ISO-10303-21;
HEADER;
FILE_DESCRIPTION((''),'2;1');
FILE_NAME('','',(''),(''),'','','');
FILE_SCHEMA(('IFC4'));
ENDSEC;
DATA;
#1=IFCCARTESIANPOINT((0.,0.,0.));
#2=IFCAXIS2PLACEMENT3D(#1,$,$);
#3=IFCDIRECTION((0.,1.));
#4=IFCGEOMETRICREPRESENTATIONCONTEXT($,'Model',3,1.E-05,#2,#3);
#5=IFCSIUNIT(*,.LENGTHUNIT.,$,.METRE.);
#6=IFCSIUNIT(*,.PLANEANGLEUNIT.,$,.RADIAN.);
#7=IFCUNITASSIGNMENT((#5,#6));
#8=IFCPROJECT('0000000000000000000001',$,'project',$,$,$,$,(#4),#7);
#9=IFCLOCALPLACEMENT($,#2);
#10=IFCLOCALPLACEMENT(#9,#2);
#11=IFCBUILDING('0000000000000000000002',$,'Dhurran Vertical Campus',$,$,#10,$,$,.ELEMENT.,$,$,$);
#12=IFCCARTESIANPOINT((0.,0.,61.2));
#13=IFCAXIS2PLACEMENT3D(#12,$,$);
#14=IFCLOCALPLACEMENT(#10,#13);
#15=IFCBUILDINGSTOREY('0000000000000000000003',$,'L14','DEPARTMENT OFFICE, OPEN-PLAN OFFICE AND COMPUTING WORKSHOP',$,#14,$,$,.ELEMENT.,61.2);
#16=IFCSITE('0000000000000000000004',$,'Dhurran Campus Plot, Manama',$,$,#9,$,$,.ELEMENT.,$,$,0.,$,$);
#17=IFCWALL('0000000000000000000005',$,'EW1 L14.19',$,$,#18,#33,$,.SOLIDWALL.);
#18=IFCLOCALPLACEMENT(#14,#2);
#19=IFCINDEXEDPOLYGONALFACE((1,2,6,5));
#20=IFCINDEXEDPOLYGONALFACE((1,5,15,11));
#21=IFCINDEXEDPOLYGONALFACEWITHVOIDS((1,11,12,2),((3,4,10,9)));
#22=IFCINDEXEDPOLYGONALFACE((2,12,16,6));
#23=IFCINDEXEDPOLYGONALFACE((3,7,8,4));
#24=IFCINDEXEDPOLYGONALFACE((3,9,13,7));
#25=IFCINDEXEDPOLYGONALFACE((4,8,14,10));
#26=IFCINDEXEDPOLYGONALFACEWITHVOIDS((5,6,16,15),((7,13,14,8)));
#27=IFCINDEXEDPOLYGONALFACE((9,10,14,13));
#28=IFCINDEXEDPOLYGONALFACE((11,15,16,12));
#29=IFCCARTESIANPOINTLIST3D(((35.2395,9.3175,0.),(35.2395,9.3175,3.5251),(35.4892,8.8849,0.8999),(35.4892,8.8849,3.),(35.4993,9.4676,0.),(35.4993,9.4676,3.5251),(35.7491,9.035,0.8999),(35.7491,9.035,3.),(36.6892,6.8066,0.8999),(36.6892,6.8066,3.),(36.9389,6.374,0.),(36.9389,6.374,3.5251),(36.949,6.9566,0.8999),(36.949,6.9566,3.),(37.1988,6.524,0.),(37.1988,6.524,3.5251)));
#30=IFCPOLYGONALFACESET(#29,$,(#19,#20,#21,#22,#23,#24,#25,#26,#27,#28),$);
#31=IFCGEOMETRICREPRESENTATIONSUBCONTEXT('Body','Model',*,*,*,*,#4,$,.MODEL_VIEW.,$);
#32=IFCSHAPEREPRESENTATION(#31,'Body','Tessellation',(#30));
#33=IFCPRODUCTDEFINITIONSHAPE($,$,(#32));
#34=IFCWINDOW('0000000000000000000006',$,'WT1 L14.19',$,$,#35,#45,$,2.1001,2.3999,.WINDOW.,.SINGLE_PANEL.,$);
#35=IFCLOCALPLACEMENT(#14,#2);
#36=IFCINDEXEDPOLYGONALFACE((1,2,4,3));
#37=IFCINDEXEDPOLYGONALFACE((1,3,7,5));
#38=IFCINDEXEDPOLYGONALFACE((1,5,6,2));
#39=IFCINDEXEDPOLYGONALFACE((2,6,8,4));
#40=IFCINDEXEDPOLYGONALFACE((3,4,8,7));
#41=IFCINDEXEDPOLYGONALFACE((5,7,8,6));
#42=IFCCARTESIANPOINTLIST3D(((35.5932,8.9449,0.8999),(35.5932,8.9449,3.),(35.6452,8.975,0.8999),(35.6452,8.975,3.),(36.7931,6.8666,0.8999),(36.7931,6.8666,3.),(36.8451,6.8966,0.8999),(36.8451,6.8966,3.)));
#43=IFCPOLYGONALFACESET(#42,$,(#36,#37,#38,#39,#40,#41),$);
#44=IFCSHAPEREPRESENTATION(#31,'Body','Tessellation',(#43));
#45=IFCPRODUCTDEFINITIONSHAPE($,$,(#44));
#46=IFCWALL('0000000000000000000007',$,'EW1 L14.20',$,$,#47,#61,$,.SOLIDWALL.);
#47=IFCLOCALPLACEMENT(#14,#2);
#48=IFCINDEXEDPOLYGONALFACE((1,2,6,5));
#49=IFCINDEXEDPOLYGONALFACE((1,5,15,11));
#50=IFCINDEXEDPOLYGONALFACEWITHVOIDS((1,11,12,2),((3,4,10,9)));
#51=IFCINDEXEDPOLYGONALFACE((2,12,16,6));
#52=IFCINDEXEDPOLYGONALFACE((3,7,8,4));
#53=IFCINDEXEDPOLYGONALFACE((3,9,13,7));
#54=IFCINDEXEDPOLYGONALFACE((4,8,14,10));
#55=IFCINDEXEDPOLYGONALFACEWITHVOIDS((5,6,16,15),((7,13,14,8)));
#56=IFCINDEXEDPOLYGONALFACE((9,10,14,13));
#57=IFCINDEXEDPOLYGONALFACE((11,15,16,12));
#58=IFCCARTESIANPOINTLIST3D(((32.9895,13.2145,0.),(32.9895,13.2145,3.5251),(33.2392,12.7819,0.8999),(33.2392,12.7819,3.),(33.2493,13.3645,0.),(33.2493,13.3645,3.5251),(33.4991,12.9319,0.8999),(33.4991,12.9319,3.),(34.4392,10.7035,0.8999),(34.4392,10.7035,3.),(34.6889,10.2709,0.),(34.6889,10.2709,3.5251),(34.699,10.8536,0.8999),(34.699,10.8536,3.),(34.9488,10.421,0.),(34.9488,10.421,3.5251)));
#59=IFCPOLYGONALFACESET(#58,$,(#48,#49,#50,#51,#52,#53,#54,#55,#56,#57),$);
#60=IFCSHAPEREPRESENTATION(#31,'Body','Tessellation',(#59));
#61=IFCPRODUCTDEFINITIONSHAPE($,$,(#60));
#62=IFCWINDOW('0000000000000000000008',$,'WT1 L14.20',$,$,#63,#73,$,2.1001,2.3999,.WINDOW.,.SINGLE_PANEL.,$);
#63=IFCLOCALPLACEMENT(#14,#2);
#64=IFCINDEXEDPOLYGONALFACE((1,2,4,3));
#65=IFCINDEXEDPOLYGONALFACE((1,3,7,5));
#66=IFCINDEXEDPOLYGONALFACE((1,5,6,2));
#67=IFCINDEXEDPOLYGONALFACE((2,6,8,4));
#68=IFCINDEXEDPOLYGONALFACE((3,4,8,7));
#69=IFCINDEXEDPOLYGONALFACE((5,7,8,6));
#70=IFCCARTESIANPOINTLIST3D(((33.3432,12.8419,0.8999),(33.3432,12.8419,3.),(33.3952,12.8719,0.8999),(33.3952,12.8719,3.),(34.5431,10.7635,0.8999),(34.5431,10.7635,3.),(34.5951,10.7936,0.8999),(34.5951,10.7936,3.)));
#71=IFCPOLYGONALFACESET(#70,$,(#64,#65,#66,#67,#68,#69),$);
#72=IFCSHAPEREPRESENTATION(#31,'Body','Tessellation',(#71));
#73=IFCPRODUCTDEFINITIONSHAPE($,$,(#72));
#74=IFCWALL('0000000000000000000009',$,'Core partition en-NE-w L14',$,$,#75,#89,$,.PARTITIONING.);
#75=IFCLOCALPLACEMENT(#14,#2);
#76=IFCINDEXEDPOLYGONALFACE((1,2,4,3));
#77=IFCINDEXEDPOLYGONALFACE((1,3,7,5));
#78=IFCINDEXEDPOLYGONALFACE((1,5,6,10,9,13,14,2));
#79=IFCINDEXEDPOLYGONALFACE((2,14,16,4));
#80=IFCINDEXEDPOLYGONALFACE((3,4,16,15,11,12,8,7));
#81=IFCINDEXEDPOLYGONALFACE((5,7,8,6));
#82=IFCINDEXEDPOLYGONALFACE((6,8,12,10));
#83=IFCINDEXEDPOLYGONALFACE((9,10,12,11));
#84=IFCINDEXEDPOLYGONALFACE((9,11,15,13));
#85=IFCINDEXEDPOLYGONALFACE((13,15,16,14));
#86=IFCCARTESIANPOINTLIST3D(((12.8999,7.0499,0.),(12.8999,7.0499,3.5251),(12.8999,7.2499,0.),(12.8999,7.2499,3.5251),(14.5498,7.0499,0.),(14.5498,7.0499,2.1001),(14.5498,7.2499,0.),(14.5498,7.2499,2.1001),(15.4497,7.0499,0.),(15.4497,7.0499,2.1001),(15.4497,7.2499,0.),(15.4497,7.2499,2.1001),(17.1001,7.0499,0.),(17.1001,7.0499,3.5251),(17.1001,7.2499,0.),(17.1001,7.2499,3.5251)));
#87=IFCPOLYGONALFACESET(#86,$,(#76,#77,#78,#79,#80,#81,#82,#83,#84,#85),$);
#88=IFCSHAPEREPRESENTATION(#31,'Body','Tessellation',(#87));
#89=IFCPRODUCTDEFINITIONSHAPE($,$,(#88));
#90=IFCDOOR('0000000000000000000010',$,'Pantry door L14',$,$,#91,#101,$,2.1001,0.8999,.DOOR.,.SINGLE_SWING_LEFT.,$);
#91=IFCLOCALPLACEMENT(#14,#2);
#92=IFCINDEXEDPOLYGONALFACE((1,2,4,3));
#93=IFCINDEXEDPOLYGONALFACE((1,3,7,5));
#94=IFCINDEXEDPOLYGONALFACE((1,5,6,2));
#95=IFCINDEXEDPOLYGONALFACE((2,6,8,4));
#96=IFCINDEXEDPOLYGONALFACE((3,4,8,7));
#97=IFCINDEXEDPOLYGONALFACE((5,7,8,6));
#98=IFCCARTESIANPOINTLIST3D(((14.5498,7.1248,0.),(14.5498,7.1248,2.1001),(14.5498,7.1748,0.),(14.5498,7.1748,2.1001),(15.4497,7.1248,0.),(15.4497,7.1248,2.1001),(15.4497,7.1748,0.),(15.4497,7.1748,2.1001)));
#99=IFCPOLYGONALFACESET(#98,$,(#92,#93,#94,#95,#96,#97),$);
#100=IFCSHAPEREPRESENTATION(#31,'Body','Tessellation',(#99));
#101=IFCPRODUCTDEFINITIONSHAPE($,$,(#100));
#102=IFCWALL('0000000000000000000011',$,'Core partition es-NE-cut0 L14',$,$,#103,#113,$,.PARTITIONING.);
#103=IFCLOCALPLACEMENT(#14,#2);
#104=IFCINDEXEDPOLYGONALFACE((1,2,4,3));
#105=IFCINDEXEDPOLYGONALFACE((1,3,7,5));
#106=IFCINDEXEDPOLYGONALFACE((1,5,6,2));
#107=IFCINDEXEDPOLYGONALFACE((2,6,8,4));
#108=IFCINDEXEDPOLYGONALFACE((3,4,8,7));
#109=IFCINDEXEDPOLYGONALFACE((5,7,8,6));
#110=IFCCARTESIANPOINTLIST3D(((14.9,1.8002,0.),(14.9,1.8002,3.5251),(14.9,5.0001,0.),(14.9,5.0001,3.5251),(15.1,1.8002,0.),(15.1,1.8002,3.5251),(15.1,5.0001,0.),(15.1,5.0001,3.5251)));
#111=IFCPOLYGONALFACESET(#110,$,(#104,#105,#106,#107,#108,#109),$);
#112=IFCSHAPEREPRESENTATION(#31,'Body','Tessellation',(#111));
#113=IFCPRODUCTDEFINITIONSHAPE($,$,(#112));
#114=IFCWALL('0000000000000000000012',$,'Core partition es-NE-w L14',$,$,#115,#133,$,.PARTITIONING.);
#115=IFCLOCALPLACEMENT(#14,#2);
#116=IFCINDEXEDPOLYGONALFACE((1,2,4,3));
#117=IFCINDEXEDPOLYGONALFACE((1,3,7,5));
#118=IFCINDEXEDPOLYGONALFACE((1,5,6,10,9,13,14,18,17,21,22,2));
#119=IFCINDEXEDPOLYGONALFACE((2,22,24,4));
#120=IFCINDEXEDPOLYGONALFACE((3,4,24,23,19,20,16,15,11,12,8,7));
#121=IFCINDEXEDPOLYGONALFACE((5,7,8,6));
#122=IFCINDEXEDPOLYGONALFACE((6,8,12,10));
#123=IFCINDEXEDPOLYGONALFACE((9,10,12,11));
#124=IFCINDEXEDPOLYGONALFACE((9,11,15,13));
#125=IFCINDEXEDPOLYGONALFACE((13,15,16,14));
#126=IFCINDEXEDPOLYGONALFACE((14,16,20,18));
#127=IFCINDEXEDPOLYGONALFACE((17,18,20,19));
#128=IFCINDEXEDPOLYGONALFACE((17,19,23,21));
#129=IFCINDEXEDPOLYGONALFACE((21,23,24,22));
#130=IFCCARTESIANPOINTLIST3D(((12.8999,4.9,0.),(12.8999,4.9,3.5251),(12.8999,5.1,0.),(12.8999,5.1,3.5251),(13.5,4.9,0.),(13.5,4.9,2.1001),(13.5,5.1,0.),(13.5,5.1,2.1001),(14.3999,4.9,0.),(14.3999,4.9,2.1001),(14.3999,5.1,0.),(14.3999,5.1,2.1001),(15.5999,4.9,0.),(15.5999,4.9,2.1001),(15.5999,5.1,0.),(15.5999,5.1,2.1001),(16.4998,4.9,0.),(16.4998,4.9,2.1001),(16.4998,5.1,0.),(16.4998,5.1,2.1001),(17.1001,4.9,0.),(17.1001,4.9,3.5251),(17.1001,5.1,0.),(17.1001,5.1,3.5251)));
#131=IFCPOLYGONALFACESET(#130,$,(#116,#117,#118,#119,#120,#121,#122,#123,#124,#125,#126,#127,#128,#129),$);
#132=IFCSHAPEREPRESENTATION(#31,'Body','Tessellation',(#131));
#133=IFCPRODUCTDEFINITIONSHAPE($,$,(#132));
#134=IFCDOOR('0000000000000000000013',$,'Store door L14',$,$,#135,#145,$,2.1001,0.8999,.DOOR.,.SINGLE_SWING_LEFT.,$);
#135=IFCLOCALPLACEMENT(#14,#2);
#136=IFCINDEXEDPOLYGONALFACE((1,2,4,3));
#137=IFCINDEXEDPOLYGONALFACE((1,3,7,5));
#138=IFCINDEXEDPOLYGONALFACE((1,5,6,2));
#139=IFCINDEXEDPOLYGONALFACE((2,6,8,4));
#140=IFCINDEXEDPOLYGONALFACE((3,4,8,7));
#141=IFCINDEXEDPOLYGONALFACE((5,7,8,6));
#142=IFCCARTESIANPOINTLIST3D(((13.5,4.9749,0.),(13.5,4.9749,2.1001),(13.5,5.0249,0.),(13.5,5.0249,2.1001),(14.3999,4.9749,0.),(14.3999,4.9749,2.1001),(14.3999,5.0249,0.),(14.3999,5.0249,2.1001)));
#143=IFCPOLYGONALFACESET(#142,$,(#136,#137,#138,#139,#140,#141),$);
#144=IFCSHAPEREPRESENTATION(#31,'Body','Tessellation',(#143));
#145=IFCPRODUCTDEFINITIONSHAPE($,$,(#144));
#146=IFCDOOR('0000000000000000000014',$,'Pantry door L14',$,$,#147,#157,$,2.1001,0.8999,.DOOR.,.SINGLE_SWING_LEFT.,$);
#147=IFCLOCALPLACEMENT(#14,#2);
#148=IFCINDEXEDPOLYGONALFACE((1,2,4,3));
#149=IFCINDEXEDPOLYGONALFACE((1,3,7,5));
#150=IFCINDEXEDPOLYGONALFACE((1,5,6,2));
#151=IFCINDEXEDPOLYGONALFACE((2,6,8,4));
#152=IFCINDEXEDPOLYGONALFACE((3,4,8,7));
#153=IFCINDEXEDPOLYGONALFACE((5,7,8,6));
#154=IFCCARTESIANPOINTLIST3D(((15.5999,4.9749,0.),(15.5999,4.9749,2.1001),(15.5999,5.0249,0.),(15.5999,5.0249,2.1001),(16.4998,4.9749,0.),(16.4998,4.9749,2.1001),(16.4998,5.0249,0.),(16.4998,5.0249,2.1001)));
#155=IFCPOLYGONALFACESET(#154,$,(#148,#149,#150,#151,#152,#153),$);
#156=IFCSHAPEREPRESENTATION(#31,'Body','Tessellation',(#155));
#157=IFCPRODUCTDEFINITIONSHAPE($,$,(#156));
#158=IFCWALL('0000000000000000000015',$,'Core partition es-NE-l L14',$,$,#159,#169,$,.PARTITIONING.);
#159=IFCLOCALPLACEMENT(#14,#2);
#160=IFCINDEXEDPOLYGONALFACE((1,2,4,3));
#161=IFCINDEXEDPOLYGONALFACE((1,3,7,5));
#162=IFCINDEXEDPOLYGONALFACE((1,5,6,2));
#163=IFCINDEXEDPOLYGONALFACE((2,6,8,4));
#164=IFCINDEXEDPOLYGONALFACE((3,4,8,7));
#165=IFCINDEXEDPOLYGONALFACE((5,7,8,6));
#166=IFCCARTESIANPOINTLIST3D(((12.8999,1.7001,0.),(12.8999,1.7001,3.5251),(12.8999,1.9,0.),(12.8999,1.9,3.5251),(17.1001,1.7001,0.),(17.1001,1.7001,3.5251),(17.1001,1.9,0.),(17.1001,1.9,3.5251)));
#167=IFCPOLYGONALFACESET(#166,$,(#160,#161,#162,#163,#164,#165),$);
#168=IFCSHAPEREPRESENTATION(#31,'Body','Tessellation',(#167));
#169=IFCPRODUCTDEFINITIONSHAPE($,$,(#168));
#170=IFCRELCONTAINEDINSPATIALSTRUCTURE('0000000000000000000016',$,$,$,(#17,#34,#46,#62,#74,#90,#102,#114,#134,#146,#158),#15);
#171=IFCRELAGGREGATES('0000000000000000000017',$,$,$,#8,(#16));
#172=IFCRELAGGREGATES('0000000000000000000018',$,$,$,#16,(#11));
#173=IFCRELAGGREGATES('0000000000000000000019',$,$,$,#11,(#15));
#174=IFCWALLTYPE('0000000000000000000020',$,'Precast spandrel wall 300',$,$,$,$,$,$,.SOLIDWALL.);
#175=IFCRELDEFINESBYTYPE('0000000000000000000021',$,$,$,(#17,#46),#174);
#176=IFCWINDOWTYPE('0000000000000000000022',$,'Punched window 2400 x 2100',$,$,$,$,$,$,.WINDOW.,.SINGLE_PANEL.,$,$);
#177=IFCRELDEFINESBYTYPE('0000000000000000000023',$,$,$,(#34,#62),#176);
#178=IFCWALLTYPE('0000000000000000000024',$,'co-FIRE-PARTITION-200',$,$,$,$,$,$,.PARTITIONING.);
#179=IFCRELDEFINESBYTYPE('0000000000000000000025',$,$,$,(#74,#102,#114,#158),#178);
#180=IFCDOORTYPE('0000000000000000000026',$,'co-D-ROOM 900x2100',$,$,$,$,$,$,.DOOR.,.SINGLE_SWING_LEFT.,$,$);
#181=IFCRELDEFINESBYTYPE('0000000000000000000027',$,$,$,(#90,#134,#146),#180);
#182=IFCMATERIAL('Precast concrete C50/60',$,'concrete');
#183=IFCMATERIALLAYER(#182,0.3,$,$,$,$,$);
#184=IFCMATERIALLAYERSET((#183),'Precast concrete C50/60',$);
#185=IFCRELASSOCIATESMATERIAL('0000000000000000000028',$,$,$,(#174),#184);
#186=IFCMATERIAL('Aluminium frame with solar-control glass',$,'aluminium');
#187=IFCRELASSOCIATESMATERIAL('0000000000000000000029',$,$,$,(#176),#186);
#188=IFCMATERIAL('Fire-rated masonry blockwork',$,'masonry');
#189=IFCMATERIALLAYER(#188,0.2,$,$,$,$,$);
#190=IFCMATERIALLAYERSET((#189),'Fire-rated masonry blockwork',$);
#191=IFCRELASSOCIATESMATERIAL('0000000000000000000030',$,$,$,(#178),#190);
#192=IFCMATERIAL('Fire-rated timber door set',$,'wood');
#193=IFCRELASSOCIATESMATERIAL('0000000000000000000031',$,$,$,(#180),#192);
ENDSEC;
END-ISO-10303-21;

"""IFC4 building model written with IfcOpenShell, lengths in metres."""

from ifc_helpers import new_model, si_unit, direction, frame, frame_2d, origin, place, context, subcontext, project, spatial, rectangle, extrude, material, layer, layer_set, type_object, element, fill, save


model = new_model("IFC4")

# Units and contexts
model_context = context("Model", 3, precision=1e-05, world=origin(), true_north=direction((0.0, 1.0)))
body_context = subcontext(model_context, "Body", "Model", "MODEL_VIEW")
ifc_project = project(units=[si_unit("LENGTHUNIT", "METRE"), si_unit("PLANEANGLEUNIT", "RADIAN")], contexts=[model_context])

# Site, building, storey
site_placement = place(None, origin())
site = spatial("IfcSite", under=ifc_project, at=site_placement, Name="Dhurran Campus Plot, Manama", CompositionType="ELEMENT", RefElevation=0.0)
building_placement = place(site_placement, origin())
building = spatial("IfcBuilding", under=site, at=building_placement, Name="Dhurran Vertical Campus", CompositionType="ELEMENT")
storey_placement = place(building_placement, frame((0.0, 0.0, 61.2)))
storey = spatial("IfcBuildingStorey", under=building, at=storey_placement, Name="L14", Description="DEPARTMENT OFFICE, OPEN-PLAN OFFICE AND COMPUTING WORKSHOP", CompositionType="ELEMENT", Elevation=61.2)

# Walls, openings, windows
ifc_material_1 = material(Name="Precast concrete C50/60", Category="concrete")
ifc_layer_1 = layer(ifc_material_1, 0.3)
ifc_layer_set_1 = layer_set([ifc_layer_1], Name="Precast concrete C50/60")
wall_type_1 = type_object("IfcWallType", Name="Precast spandrel wall 300", PredefinedType="SOLIDWALL", material=ifc_layer_set_1)
ifc_material_2 = material(Name="Aluminium frame with solar-control glass", Category="aluminium")
window_type = type_object("IfcWindowType", Name="Punched window 2400 x 2100", PartitioningType="SINGLE_PANEL", PredefinedType="WINDOW", material=ifc_material_2)
wall_1_placement = place(storey_placement, frame((37.0688, 6.449, 0.0), z_axis=(0.0, 0.0, 1.0), x_axis=(-0.499994, 0.866029, 0.0)))
wall_1 = element("IfcWall", 1, at=wall_1_placement, inside=storey, type_object=wall_type_1, Name="EW1 L14.19", PredefinedType="SOLIDWALL", context=body_context, shape_type="SweptSolid", body=[
    extrude(rectangle(XDim=3.3989, YDim=0.3, at=frame_2d((1.6995, 0.0))), origin(), (0.0, 0.0, 1.0), 3.5251),
])
opening_1_placement = place(wall_1_placement, frame((0.4995, 0.0, 0.8999)))
opening_1 = element("IfcOpeningElement", 2, at=opening_1_placement, cuts=wall_1, PredefinedType="OPENING", context=body_context, shape_type="SweptSolid", body=[
    extrude(rectangle(XDim=2.3999, YDim=2.1001, at=frame_2d((1.2, 1.05))), frame((0.0, 0.1599, 0.0), z_axis=(0.0, -1.0, 0.0), x_axis=(1.0, 0.0, 0.0)), (0.0, 0.0, 1.0), 0.3201),
])
window_1_placement = place(opening_1_placement, origin())
window_1 = element("IfcWindow", 3, at=window_1_placement, inside=storey, type_object=window_type, Name="WT1 L14.19", OverallHeight=2.1001, OverallWidth=2.3999, PartitioningType="SINGLE_PANEL", PredefinedType="WINDOW", context=body_context, shape_type="SweptSolid", body=[
    extrude(rectangle(XDim=2.3999, YDim=2.1001, at=frame_2d((1.2, 1.05))), frame((0.0, 0.03, 0.0), z_axis=(0.0, -1.0, 0.0), x_axis=(1.0, 0.0, 0.0)), (0.0, 0.0, 1.0), 0.0601),
])
fill(opening_1, window_1)
wall_2_placement = place(storey_placement, frame((34.8188, 10.3459, 0.0), z_axis=(0.0, 0.0, 1.0), x_axis=(-0.499994, 0.866029, 0.0)))
wall_2 = element("IfcWall", 4, at=wall_2_placement, inside=storey, type_object=wall_type_1, Name="EW1 L14.20", PredefinedType="SOLIDWALL", context=body_context, shape_type="SweptSolid", body=[
    extrude(rectangle(XDim=3.3989, YDim=0.3, at=frame_2d((1.6995, 0.0))), origin(), (0.0, 0.0, 1.0), 3.5251),
])
opening_2_placement = place(wall_2_placement, frame((0.4995, 0.0, 0.8999)))
opening_2 = element("IfcOpeningElement", 5, at=opening_2_placement, cuts=wall_2, PredefinedType="OPENING", context=body_context, shape_type="SweptSolid", body=[
    extrude(rectangle(XDim=2.3999, YDim=2.1001, at=frame_2d((1.2, 1.05))), frame((0.0, 0.1599, 0.0), z_axis=(0.0, -1.0, 0.0), x_axis=(1.0, 0.0, 0.0)), (0.0, 0.0, 1.0), 0.3201),
])
window_2_placement = place(opening_2_placement, origin())
window_2 = element("IfcWindow", 6, at=window_2_placement, inside=storey, type_object=window_type, Name="WT1 L14.20", OverallHeight=2.1001, OverallWidth=2.3999, PartitioningType="SINGLE_PANEL", PredefinedType="WINDOW", context=body_context, shape_type="SweptSolid", body=[
    extrude(rectangle(XDim=2.3999, YDim=2.1001, at=frame_2d((1.2, 1.05))), frame((0.0, 0.03, 0.0), z_axis=(0.0, -1.0, 0.0), x_axis=(1.0, 0.0, 0.0)), (0.0, 0.0, 1.0), 0.0601),
])
fill(opening_2, window_2)

# Wall, opening, door
ifc_material_3 = material(Name="Fire-rated masonry blockwork", Category="masonry")
ifc_layer_2 = layer(ifc_material_3, 0.2)
ifc_layer_set_2 = layer_set([ifc_layer_2], Name="Fire-rated masonry blockwork")
wall_type_2 = type_object("IfcWallType", Name="co-FIRE-PARTITION-200", PredefinedType="PARTITIONING", material=ifc_layer_set_2)
wall_3_placement = place(storey_placement, frame((12.8999, 7.1499, 0.0), z_axis=(0.0, 0.0, 1.0), x_axis=(1.0, 0.0, 0.0)))
wall_3 = element("IfcWall", 7, at=wall_3_placement, inside=storey, type_object=wall_type_2, Name="Core partition en-NE-w L14", PredefinedType="PARTITIONING", context=body_context, shape_type="SweptSolid", body=[
    extrude(rectangle(XDim=4.2002, YDim=0.2, at=frame_2d((2.1001, 0.0))), origin(), (0.0, 0.0, 1.0), 3.5251),
])
opening_3_placement = place(wall_3_placement, frame((1.6499, 0.0, 0.0)))
opening_3 = element("IfcOpeningElement", 8, at=opening_3_placement, cuts=wall_3, PredefinedType="OPENING", context=body_context, shape_type="SweptSolid", body=[
    extrude(rectangle(XDim=0.8999, YDim=2.1001, at=frame_2d((0.45, 1.05))), frame((0.0, 0.1099, 0.0), z_axis=(0.0, -1.0, 0.0), x_axis=(1.0, 0.0, 0.0)), (0.0, 0.0, 1.0), 0.22),
])
ifc_material_4 = material(Name="Fire-rated timber door set", Category="wood")
door_type_1 = type_object("IfcDoorType", Name="co-D-ROOM 900x2100", OperationType="SINGLE_SWING_LEFT", PredefinedType="DOOR", material=ifc_material_4)
door_1_placement = place(opening_3_placement, origin())
door_1 = element("IfcDoor", 9, at=door_1_placement, inside=storey, type_object=door_type_1, Name="Pantry door L14", OperationType="SINGLE_SWING_LEFT", OverallHeight=2.1001, OverallWidth=0.8999, PredefinedType="DOOR", context=body_context, shape_type="SweptSolid", body=[
    extrude(rectangle(XDim=0.8999, YDim=2.1001, at=frame_2d((0.45, 1.05))), frame((0.0, 0.0249, 0.0), z_axis=(0.0, -1.0, 0.0), x_axis=(1.0, 0.0, 0.0)), (0.0, 0.0, 1.0), 0.05),
])
fill(opening_3, door_1)

# Wall
wall_4_placement = place(storey_placement, frame((15.0, 1.8, 0.0), z_axis=(0.0, 0.0, 1.0), x_axis=(0.0, 1.0, 0.0)))
element("IfcWall", 10, at=wall_4_placement, inside=storey, type_object=wall_type_2, Name="Core partition es-NE-cut0 L14", PredefinedType="PARTITIONING", context=body_context, shape_type="SweptSolid", body=[
    extrude(rectangle(XDim=3.2, YDim=0.2, at=frame_2d((1.6001, 0.0))), origin(), (0.0, 0.0, 1.0), 3.5251),
])

# Wall, openings, doors
wall_5_placement = place(storey_placement, frame((12.8999, 5.0, 0.0), z_axis=(0.0, 0.0, 1.0), x_axis=(1.0, 0.0, 0.0)))
wall_5 = element("IfcWall", 11, at=wall_5_placement, inside=storey, type_object=wall_type_2, Name="Core partition es-NE-w L14", PredefinedType="PARTITIONING", context=body_context, shape_type="SweptSolid", body=[
    extrude(rectangle(XDim=4.2002, YDim=0.2, at=frame_2d((2.1001, 0.0))), origin(), (0.0, 0.0, 1.0), 3.5251),
])
opening_4_placement = place(wall_5_placement, frame((0.6001, 0.0, 0.0)))
opening_4 = element("IfcOpeningElement", 12, at=opening_4_placement, cuts=wall_5, PredefinedType="OPENING", context=body_context, shape_type="SweptSolid", body=[
    extrude(rectangle(XDim=0.8999, YDim=2.1001, at=frame_2d((0.45, 1.05))), frame((0.0, 0.1099, 0.0), z_axis=(0.0, -1.0, 0.0), x_axis=(1.0, 0.0, 0.0)), (0.0, 0.0, 1.0), 0.22),
])
opening_5_placement = place(wall_5_placement, frame((2.7, 0.0, 0.0)))
opening_5 = element("IfcOpeningElement", 13, at=opening_5_placement, cuts=wall_5, PredefinedType="OPENING", context=body_context, shape_type="SweptSolid", body=[
    extrude(rectangle(XDim=0.8999, YDim=2.1001, at=frame_2d((0.45, 1.05))), frame((0.0, 0.1099, 0.0), z_axis=(0.0, -1.0, 0.0), x_axis=(1.0, 0.0, 0.0)), (0.0, 0.0, 1.0), 0.22),
])
door_2_placement = place(opening_4_placement, origin())
door_2 = element("IfcDoor", 14, at=door_2_placement, inside=storey, type_object=door_type_1, Name="Store door L14", OperationType="SINGLE_SWING_LEFT", OverallHeight=2.1001, OverallWidth=0.8999, PredefinedType="DOOR", context=body_context, shape_type="SweptSolid", body=[
    extrude(rectangle(XDim=0.8999, YDim=2.1001, at=frame_2d((0.45, 1.05))), frame((0.0, 0.0249, 0.0), z_axis=(0.0, -1.0, 0.0), x_axis=(1.0, 0.0, 0.0)), (0.0, 0.0, 1.0), 0.05),
])
fill(opening_4, door_2)
door_3_placement = place(opening_5_placement, origin())
door_3 = element("IfcDoor", 15, at=door_3_placement, inside=storey, type_object=door_type_1, Name="Pantry door L14", OperationType="SINGLE_SWING_LEFT", OverallHeight=2.1001, OverallWidth=0.8999, PredefinedType="DOOR", context=body_context, shape_type="SweptSolid", body=[
    extrude(rectangle(XDim=0.8999, YDim=2.1001, at=frame_2d((0.45, 1.05))), frame((0.0, 0.0249, 0.0), z_axis=(0.0, -1.0, 0.0), x_axis=(1.0, 0.0, 0.0)), (0.0, 0.0, 1.0), 0.05),
])
fill(opening_5, door_3)

# Wall
wall_6_placement = place(storey_placement, frame((12.8999, 1.8, 0.0), z_axis=(0.0, 0.0, 1.0), x_axis=(1.0, 0.0, 0.0)))
element("IfcWall", 16, at=wall_6_placement, inside=storey, type_object=wall_type_2, Name="Core partition es-NE-l L14", PredefinedType="PARTITIONING", context=body_context, shape_type="SweptSolid", body=[
    extrude(rectangle(XDim=4.2002, YDim=0.2, at=frame_2d((2.1001, 0.0))), origin(), (0.0, 0.0, 1.0), 3.5251),
])

save(model, "model.ifc")
